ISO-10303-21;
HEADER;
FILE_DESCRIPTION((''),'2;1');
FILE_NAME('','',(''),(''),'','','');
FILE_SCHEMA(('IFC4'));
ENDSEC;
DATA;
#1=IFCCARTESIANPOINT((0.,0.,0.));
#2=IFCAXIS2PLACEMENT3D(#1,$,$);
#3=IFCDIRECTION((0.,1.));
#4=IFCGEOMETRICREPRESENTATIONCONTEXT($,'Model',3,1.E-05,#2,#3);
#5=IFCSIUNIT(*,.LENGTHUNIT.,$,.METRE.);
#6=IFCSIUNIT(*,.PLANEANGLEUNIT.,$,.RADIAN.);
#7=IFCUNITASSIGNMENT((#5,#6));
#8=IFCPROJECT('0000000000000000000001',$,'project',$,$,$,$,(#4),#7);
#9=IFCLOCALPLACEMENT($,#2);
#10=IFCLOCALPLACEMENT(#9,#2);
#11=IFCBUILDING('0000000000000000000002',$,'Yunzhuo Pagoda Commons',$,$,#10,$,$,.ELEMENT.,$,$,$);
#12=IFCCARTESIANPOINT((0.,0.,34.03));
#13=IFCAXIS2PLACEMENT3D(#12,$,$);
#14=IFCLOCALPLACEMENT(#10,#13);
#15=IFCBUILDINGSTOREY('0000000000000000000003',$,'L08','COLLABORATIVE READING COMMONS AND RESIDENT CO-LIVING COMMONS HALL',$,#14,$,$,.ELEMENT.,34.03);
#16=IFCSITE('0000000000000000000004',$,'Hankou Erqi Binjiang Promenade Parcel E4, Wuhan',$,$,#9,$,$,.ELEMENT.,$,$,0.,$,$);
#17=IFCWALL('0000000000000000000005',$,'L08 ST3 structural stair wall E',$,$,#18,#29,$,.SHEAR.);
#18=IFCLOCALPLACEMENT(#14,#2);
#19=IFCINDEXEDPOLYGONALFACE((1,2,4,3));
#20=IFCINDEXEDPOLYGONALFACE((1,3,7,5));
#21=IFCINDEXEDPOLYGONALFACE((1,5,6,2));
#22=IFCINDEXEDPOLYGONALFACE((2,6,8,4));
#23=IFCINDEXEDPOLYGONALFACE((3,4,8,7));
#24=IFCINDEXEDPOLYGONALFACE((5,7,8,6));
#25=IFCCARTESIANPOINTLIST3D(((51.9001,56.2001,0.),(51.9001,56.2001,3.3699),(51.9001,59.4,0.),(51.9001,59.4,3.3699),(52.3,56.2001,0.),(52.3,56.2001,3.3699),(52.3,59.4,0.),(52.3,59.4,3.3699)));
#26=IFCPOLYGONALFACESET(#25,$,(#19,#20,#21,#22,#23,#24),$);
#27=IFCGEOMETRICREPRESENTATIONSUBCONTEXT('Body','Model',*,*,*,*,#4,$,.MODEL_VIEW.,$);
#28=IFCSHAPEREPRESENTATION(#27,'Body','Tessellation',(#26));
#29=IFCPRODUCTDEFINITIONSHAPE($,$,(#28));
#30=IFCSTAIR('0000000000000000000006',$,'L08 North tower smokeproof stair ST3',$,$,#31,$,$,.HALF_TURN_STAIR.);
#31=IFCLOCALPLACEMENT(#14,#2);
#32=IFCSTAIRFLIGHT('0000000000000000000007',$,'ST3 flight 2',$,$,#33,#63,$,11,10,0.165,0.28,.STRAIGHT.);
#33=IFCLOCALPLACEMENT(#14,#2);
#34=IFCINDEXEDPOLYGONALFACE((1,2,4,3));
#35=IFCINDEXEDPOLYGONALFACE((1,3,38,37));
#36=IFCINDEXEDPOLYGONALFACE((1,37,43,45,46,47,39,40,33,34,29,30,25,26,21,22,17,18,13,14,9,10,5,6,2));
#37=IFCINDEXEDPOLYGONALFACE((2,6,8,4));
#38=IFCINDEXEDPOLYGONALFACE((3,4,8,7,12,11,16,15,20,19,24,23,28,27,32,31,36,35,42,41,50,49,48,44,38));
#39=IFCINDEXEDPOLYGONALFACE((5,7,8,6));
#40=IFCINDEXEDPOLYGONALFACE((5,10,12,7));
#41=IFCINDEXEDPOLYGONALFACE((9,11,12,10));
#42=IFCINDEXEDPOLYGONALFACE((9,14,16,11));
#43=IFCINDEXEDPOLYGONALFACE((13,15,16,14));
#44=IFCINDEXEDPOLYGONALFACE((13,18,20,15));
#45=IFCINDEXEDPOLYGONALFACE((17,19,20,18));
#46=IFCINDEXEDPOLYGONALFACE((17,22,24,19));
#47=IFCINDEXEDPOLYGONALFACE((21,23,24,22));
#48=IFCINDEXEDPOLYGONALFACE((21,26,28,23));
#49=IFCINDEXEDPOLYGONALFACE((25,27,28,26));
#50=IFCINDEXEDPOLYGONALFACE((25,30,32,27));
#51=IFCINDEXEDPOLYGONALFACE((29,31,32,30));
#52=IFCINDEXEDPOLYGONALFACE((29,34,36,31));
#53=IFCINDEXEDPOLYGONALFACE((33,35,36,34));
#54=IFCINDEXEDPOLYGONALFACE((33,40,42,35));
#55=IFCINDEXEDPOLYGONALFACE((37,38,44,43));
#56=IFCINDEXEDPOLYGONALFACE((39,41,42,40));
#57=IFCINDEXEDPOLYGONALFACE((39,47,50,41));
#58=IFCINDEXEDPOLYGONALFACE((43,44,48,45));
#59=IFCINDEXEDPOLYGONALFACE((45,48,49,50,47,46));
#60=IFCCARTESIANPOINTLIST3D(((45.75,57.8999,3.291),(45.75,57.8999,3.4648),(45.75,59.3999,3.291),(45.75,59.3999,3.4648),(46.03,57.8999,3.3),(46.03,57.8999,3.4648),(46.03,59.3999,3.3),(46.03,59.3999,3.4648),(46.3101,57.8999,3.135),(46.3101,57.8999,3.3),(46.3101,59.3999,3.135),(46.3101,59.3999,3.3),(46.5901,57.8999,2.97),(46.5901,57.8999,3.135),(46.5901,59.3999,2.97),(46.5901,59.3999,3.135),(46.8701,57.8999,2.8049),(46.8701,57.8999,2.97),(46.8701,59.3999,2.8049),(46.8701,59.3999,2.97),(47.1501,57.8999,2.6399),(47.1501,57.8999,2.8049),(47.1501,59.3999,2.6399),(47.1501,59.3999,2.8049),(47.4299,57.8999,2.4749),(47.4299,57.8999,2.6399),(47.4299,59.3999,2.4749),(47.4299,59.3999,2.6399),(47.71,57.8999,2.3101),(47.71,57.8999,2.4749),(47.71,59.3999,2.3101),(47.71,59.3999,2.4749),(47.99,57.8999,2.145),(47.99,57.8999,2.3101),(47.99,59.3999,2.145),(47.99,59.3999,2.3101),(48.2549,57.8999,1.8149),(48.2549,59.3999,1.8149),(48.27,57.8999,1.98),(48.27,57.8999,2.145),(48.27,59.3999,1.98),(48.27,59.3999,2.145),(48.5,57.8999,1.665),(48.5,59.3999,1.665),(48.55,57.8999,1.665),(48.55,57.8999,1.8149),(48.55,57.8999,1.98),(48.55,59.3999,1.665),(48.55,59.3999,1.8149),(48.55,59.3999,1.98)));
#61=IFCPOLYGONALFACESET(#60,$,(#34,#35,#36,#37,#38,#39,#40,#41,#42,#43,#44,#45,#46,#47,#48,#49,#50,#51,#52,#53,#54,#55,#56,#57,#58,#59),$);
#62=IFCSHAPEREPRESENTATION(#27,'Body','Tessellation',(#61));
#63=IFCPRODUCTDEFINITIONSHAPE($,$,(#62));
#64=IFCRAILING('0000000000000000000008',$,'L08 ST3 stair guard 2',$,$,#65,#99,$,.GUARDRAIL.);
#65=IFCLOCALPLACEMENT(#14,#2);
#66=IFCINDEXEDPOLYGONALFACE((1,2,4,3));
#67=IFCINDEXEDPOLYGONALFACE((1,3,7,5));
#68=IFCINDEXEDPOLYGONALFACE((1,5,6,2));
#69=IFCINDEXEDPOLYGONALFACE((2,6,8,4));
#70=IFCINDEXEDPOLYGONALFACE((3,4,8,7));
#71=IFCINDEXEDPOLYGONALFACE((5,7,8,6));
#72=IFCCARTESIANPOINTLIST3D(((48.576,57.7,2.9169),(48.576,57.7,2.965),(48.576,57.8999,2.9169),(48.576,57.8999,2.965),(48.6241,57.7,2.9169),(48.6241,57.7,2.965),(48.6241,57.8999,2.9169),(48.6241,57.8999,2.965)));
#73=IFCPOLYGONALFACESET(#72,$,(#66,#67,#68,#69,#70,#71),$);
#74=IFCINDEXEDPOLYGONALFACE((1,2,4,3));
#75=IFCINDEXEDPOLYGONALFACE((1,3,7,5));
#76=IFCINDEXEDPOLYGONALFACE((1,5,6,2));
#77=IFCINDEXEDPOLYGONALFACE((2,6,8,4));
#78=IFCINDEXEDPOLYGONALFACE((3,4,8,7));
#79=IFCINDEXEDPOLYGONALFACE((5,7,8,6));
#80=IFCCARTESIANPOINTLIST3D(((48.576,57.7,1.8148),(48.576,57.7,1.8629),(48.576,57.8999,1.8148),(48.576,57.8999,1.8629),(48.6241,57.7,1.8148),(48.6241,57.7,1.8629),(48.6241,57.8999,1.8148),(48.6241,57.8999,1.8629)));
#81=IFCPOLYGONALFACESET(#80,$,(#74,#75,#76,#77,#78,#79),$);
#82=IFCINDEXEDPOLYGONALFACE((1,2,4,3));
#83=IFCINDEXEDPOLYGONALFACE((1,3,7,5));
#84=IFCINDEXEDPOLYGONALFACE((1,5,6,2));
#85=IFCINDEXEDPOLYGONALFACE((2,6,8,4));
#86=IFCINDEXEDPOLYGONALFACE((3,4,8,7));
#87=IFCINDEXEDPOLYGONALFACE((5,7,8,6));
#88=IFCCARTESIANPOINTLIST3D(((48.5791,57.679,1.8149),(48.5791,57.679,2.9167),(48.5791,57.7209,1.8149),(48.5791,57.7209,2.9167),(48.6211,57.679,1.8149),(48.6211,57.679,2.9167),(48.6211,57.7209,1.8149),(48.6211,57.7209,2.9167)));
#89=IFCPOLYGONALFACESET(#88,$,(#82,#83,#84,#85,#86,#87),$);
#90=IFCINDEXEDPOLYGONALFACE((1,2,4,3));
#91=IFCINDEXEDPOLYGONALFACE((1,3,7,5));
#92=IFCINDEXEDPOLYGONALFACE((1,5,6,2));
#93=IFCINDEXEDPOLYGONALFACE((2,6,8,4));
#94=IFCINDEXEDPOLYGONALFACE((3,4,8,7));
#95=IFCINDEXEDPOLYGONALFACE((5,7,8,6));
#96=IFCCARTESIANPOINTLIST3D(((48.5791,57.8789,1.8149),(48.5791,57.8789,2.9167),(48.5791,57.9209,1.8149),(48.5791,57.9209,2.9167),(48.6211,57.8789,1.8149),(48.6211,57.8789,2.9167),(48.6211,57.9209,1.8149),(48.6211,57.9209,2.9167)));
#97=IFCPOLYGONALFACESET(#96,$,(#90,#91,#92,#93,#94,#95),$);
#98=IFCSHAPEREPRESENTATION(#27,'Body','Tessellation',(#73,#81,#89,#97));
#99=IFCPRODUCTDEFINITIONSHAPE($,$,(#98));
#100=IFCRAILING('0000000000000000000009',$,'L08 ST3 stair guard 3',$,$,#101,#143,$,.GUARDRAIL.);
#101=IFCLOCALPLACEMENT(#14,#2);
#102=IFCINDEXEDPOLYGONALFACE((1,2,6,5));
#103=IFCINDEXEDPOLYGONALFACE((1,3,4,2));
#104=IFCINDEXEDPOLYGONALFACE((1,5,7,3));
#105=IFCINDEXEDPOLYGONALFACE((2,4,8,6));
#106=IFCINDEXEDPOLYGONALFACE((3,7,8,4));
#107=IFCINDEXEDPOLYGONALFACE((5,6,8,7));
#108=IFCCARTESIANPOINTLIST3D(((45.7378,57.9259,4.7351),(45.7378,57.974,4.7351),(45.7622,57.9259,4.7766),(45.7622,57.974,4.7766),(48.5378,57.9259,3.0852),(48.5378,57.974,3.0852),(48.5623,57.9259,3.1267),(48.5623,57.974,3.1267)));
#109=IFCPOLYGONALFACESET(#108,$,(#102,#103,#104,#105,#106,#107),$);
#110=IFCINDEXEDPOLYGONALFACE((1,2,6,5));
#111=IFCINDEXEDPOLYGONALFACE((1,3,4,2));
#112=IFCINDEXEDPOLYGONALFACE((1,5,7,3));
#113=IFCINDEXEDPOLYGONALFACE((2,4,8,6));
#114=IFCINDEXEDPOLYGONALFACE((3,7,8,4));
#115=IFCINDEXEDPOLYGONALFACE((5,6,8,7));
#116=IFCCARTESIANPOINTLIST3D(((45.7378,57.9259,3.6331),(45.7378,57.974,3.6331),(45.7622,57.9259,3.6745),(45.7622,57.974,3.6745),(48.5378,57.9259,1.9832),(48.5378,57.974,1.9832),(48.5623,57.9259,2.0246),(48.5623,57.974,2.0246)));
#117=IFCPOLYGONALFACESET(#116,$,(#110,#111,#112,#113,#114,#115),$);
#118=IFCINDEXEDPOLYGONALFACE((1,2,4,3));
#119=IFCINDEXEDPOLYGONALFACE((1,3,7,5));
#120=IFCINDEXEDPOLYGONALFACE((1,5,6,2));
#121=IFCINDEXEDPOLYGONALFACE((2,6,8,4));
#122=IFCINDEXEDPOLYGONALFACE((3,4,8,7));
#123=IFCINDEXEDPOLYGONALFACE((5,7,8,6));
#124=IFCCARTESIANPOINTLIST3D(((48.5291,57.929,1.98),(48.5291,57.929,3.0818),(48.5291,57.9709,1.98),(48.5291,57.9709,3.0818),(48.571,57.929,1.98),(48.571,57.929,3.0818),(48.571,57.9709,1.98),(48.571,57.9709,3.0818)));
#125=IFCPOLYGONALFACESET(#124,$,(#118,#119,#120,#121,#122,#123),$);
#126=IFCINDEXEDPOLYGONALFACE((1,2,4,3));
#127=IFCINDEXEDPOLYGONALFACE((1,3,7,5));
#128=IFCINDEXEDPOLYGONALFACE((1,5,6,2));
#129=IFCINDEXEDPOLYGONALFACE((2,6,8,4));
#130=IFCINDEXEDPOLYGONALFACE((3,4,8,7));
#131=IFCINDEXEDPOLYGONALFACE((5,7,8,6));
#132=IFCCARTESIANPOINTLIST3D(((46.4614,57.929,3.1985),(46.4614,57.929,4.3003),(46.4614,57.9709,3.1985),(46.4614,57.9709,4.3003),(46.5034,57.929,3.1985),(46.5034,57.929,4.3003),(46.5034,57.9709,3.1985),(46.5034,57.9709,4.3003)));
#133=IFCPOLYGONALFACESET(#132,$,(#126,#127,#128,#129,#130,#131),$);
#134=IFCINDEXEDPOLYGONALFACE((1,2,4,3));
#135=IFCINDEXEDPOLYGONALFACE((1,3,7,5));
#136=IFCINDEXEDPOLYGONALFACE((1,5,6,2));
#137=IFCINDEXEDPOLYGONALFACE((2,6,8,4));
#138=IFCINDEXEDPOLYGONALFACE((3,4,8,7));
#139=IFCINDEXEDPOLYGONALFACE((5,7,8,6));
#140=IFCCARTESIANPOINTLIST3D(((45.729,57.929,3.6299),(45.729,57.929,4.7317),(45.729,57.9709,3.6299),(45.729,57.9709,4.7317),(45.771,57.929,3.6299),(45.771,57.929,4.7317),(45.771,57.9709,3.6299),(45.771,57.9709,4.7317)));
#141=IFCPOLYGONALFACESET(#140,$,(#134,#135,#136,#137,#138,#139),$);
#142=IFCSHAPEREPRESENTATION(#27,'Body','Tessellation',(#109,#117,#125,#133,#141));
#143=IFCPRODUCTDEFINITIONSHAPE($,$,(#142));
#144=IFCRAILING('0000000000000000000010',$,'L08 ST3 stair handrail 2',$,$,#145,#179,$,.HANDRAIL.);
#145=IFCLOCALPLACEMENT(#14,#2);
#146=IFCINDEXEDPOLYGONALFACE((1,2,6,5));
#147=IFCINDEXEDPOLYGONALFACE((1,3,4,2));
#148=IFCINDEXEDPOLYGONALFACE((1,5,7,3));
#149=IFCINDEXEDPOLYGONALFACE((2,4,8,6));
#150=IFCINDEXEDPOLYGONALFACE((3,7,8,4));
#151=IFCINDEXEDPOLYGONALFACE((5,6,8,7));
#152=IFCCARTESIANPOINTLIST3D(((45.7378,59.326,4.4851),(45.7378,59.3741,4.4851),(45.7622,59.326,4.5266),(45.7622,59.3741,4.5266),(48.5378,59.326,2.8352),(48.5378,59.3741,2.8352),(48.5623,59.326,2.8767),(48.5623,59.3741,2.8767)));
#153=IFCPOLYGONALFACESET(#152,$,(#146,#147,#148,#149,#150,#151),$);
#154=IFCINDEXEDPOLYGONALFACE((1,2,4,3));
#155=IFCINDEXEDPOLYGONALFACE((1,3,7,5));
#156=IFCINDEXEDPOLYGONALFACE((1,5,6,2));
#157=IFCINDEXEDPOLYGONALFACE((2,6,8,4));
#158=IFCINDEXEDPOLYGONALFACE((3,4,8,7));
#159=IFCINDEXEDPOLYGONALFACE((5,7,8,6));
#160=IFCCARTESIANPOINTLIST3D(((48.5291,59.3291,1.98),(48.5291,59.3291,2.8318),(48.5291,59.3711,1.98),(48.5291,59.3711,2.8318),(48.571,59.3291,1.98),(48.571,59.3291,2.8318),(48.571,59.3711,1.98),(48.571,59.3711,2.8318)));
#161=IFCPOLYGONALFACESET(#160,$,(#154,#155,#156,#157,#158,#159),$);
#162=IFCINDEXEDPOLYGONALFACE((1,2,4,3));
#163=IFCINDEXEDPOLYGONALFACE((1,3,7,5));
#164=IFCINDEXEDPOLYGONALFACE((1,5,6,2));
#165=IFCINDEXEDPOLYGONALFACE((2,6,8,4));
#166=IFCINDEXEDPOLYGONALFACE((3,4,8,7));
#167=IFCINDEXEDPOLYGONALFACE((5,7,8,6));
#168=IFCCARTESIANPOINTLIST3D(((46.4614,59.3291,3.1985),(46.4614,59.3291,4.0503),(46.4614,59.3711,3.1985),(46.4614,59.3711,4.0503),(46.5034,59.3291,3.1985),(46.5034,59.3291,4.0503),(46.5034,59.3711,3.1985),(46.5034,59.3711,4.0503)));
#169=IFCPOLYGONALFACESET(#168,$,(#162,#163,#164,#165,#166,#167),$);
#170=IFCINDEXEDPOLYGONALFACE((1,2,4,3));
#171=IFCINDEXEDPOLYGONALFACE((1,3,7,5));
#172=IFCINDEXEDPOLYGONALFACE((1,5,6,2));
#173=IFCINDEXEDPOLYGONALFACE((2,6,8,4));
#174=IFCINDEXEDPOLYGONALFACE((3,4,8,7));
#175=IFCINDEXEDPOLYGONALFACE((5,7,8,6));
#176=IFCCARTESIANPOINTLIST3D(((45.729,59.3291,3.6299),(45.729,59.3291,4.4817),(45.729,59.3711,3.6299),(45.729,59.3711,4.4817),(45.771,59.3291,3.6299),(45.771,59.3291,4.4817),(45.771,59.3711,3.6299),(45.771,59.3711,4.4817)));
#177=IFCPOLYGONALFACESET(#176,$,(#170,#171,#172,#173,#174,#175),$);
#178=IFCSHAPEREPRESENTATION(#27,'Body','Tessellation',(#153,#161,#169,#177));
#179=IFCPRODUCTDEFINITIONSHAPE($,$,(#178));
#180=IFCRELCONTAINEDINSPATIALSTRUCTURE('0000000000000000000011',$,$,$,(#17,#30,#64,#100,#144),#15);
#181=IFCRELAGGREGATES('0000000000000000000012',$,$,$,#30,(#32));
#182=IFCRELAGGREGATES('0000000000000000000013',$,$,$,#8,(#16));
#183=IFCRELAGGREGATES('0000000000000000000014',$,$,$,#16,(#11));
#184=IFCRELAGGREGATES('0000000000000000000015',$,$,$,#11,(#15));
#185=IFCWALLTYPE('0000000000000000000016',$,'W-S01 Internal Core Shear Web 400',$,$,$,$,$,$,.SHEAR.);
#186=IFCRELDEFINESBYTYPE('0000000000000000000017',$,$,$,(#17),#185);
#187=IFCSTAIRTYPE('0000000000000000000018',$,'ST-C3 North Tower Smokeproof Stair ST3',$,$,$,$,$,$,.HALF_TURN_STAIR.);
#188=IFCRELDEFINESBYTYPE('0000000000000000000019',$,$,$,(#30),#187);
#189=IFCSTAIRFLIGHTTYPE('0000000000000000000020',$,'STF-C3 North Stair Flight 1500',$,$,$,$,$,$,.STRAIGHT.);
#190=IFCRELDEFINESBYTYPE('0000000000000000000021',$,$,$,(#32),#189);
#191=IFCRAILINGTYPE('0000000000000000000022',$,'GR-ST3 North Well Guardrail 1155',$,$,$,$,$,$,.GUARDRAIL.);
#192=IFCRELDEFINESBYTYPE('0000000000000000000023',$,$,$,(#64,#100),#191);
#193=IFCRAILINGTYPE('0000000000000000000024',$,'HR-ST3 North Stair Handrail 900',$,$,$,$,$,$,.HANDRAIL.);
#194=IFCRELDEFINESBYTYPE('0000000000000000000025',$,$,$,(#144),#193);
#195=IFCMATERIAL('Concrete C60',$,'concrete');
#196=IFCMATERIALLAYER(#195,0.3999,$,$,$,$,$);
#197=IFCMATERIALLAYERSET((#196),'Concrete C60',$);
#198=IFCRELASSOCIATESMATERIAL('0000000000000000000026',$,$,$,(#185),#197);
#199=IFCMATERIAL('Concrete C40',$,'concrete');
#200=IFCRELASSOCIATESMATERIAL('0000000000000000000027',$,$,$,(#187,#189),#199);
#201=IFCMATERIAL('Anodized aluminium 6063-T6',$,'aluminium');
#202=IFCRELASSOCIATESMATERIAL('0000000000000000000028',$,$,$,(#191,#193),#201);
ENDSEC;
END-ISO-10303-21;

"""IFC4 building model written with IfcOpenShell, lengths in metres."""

from ifc_helpers import new_model, si_unit, direction, frame, frame_2d, origin, origin_2d, place, context, subcontext, project, spatial, polyline, rectangle, outline, extrude, source, transform, mapped, material, layer, layer_set, type_object, element, aggregate, save


model = new_model("IFC4")

# Units and contexts
model_context = context("Model", 3, precision=1e-05, world=origin(), true_north=direction((0.0, 1.0)))
body_context = subcontext(model_context, "Body", "Model", "MODEL_VIEW")
ifc_project = project(units=[si_unit("LENGTHUNIT", "METRE"), si_unit("PLANEANGLEUNIT", "RADIAN")], contexts=[model_context])

# Site, building, storey
site_placement = place(None, origin())
site = spatial("IfcSite", under=ifc_project, at=site_placement, Name="Hankou Erqi Binjiang Promenade Parcel E4, Wuhan", CompositionType="ELEMENT", RefElevation=0.0)
building_placement = place(site_placement, origin())
building = spatial("IfcBuilding", under=site, at=building_placement, Name="Yunzhuo Pagoda Commons", CompositionType="ELEMENT")
storey_placement = place(building_placement, frame((0.0, 0.0, 34.03)))
storey = spatial("IfcBuildingStorey", under=building, at=storey_placement, Name="L08", Description="COLLABORATIVE READING COMMONS AND RESIDENT CO-LIVING COMMONS HALL", CompositionType="ELEMENT", Elevation=34.03)

# Shared definitions
ifc_material_1 = material(Name="Anodized aluminium 6063-T6", Category="aluminium")

# Wall
ifc_material_2 = material(Name="Concrete C60", Category="concrete")
ifc_layer_1 = layer(ifc_material_2, 0.3999)
ifc_layer_set_1 = layer_set([ifc_layer_1], Name="Concrete C60")
wall_type_1 = type_object("IfcWallType", Name="W-S01 Internal Core Shear Web 400", PredefinedType="SHEAR", material=ifc_layer_set_1)
wall_1_placement = place(storey_placement, frame((52.1001, 56.2, 0.0), z_axis=(0.0, 0.0, 1.0), x_axis=(0.0, 1.0, 0.0)))
element("IfcWall", 1, at=wall_1_placement, inside=storey, type_object=wall_type_1, Name="L08 ST3 structural stair wall E", PredefinedType="SHEAR", context=body_context, shape_type="SweptSolid", body=[
    extrude(rectangle(XDim=3.2, YDim=0.3999, at=frame_2d((1.6001, 0.0))), origin(), (0.0, 0.0, 1.0), 3.3699),
])

# Stair, stair flight
ifc_material_3 = material(Name="Concrete C40", Category="concrete")
stair_type = type_object("IfcStairType", Name="ST-C3 North Tower Smokeproof Stair ST3", PredefinedType="HALF_TURN_STAIR", material=ifc_material_3)
stair_placement = place(storey_placement, origin())
stair = element("IfcStair", 2, at=stair_placement, inside=storey, type_object=stair_type, Name="L08 North tower smokeproof stair ST3", PredefinedType="HALF_TURN_STAIR")
stair_flight_type = type_object("IfcStairFlightType", Name="STF-C3 North Stair Flight 1500", PredefinedType="STRAIGHT", material=ifc_material_3)
shared_shape_1 = source(origin(), body_context, "Body", "SweptSolid", [
    extrude(outline(polyline([(0.0, -0.1499), (0.0, 0.0), (0.0, 0.165), (0.28, 0.165), (0.28, 0.3301), (0.5601, 0.3301), (0.5601, 0.4951), (0.8401, 0.4951), (0.8401, 0.6599), (1.1201, 0.6599), (1.1201, 0.825), (1.3999, 0.825), (1.3999, 0.99), (1.6799, 0.99), (1.6799, 1.155), (1.96, 1.155), (1.96, 1.3201), (2.24, 1.3201), (2.24, 1.4851), (2.52, 1.4851), (2.52, 1.6499), (2.8, 1.6499), (2.8, 1.8149), (2.8, 1.4761), (0.2952, 0.0), (0.05, -0.1499), (0.0, -0.1499)])), frame((0.0, 0.75, 0.0), z_axis=(0.0, -1.0, 0.0), x_axis=(1.0, 0.0, 0.0)), (0.0, 0.0, 1.0), 1.5),
])
stair_flight_placement = place(storey_placement, frame((48.55, 58.6499, 1.8149), z_axis=(0.0, 0.0, 1.0), x_axis=(-1.0, 0.0, 0.0)))
stair_flight = element("IfcStairFlight", 3, at=stair_flight_placement, type_object=stair_flight_type, Name="ST3 flight 2", NumberOfRisers=11, NumberOfTreads=10, PredefinedType="STRAIGHT", RiserHeight=0.165, TreadLength=0.28, context=body_context, shape_type="MappedRepresentation", body=[
    mapped(shared_shape_1, transform((0.0, 0.0, 0.0), scale=1.0)),
])
aggregate(stair, [stair_flight])

# Railings
railing_type_1 = type_object("IfcRailingType", Name="GR-ST3 North Well Guardrail 1155", PredefinedType="GUARDRAIL", material=ifc_material_1)
railing_1_placement = place(storey_placement, frame((48.6001, 57.7, 1.8149)))
element("IfcRailing", 4, at=railing_1_placement, inside=storey, type_object=railing_type_1, Name="L08 ST3 stair guard 2", PredefinedType="GUARDRAIL", context=body_context, shape_type="SweptSolid", body=[
    extrude(rectangle(XDim=0.0481, YDim=0.0481, at=origin_2d()), frame((0.0, 0.0, 1.126), z_axis=(0.0, 1.0, 0.0), x_axis=(-1.0, 0.0, 0.0)), (0.0, 0.0, 1.0), 0.2),
    extrude(rectangle(XDim=0.0481, YDim=0.0481, at=origin_2d()), frame((0.0, 0.0, 0.0239), z_axis=(0.0, 1.0, 0.0), x_axis=(-1.0, 0.0, 0.0)), (0.0, 0.0, 1.0), 0.2),
    extrude(rectangle(XDim=0.042, YDim=0.042, at=origin_2d()), origin(), (0.0, 0.0, 1.0), 1.1018),
    extrude(rectangle(XDim=0.042, YDim=0.042, at=origin_2d()), frame((0.0, 0.2, 0.0)), (0.0, 0.0, 1.0), 1.1018),
])
railing_2_placement = place(storey_placement, frame((48.55, 57.95, 1.98)))
element("IfcRailing", 5, at=railing_2_placement, inside=storey, type_object=railing_type_1, Name="L08 ST3 stair guard 3", PredefinedType="GUARDRAIL", context=body_context, shape_type="SweptSolid", body=[
    extrude(rectangle(XDim=0.0481, YDim=0.0481, at=origin_2d()), frame((0.0, 0.0, 1.126), z_axis=(-0.861555, 0.0, 0.507663), x_axis=(0.0, -1.0, 0.0)), (0.0, 0.0, 1.0), 3.25),
    extrude(rectangle(XDim=0.0481, YDim=0.0481, at=origin_2d()), frame((0.0, 0.0, 0.0239), z_axis=(-0.861555, 0.0, 0.507663), x_axis=(0.0, -1.0, 0.0)), (0.0, 0.0, 1.0), 3.25),
    extrude(rectangle(XDim=0.042, YDim=0.042, at=origin_2d()), origin(), (0.0, 0.0, 1.0), 1.1018),
    extrude(rectangle(XDim=0.042, YDim=0.042, at=origin_2d()), frame((-2.0676, 0.0, 1.2185)), (0.0, 0.0, 1.0), 1.1018),
    extrude(rectangle(XDim=0.042, YDim=0.042, at=origin_2d()), frame((-2.8, 0.0, 1.6499)), (0.0, 0.0, 1.0), 1.1018),
])
railing_type_2 = type_object("IfcRailingType", Name="HR-ST3 North Stair Handrail 900", PredefinedType="HANDRAIL", material=ifc_material_1)
railing_3_placement = place(storey_placement, frame((48.55, 59.3501, 1.98)))
element("IfcRailing", 6, at=railing_3_placement, inside=storey, type_object=railing_type_2, Name="L08 ST3 stair handrail 2", PredefinedType="HANDRAIL", context=body_context, shape_type="SweptSolid", body=[
    extrude(rectangle(XDim=0.0481, YDim=0.0481, at=origin_2d()), frame((0.0, 0.0, 0.876), z_axis=(-0.861555, 0.0, 0.507663), x_axis=(0.0, -1.0, 0.0)), (0.0, 0.0, 1.0), 3.25),
    extrude(rectangle(XDim=0.042, YDim=0.042, at=origin_2d()), origin(), (0.0, 0.0, 1.0), 0.8518),
    extrude(rectangle(XDim=0.042, YDim=0.042, at=origin_2d()), frame((-2.0676, 0.0, 1.2185)), (0.0, 0.0, 1.0), 0.8518),
    extrude(rectangle(XDim=0.042, YDim=0.042, at=origin_2d()), frame((-2.8, 0.0, 1.6499)), (0.0, 0.0, 1.0), 0.8518),
])

save(model, "model.ifc")
